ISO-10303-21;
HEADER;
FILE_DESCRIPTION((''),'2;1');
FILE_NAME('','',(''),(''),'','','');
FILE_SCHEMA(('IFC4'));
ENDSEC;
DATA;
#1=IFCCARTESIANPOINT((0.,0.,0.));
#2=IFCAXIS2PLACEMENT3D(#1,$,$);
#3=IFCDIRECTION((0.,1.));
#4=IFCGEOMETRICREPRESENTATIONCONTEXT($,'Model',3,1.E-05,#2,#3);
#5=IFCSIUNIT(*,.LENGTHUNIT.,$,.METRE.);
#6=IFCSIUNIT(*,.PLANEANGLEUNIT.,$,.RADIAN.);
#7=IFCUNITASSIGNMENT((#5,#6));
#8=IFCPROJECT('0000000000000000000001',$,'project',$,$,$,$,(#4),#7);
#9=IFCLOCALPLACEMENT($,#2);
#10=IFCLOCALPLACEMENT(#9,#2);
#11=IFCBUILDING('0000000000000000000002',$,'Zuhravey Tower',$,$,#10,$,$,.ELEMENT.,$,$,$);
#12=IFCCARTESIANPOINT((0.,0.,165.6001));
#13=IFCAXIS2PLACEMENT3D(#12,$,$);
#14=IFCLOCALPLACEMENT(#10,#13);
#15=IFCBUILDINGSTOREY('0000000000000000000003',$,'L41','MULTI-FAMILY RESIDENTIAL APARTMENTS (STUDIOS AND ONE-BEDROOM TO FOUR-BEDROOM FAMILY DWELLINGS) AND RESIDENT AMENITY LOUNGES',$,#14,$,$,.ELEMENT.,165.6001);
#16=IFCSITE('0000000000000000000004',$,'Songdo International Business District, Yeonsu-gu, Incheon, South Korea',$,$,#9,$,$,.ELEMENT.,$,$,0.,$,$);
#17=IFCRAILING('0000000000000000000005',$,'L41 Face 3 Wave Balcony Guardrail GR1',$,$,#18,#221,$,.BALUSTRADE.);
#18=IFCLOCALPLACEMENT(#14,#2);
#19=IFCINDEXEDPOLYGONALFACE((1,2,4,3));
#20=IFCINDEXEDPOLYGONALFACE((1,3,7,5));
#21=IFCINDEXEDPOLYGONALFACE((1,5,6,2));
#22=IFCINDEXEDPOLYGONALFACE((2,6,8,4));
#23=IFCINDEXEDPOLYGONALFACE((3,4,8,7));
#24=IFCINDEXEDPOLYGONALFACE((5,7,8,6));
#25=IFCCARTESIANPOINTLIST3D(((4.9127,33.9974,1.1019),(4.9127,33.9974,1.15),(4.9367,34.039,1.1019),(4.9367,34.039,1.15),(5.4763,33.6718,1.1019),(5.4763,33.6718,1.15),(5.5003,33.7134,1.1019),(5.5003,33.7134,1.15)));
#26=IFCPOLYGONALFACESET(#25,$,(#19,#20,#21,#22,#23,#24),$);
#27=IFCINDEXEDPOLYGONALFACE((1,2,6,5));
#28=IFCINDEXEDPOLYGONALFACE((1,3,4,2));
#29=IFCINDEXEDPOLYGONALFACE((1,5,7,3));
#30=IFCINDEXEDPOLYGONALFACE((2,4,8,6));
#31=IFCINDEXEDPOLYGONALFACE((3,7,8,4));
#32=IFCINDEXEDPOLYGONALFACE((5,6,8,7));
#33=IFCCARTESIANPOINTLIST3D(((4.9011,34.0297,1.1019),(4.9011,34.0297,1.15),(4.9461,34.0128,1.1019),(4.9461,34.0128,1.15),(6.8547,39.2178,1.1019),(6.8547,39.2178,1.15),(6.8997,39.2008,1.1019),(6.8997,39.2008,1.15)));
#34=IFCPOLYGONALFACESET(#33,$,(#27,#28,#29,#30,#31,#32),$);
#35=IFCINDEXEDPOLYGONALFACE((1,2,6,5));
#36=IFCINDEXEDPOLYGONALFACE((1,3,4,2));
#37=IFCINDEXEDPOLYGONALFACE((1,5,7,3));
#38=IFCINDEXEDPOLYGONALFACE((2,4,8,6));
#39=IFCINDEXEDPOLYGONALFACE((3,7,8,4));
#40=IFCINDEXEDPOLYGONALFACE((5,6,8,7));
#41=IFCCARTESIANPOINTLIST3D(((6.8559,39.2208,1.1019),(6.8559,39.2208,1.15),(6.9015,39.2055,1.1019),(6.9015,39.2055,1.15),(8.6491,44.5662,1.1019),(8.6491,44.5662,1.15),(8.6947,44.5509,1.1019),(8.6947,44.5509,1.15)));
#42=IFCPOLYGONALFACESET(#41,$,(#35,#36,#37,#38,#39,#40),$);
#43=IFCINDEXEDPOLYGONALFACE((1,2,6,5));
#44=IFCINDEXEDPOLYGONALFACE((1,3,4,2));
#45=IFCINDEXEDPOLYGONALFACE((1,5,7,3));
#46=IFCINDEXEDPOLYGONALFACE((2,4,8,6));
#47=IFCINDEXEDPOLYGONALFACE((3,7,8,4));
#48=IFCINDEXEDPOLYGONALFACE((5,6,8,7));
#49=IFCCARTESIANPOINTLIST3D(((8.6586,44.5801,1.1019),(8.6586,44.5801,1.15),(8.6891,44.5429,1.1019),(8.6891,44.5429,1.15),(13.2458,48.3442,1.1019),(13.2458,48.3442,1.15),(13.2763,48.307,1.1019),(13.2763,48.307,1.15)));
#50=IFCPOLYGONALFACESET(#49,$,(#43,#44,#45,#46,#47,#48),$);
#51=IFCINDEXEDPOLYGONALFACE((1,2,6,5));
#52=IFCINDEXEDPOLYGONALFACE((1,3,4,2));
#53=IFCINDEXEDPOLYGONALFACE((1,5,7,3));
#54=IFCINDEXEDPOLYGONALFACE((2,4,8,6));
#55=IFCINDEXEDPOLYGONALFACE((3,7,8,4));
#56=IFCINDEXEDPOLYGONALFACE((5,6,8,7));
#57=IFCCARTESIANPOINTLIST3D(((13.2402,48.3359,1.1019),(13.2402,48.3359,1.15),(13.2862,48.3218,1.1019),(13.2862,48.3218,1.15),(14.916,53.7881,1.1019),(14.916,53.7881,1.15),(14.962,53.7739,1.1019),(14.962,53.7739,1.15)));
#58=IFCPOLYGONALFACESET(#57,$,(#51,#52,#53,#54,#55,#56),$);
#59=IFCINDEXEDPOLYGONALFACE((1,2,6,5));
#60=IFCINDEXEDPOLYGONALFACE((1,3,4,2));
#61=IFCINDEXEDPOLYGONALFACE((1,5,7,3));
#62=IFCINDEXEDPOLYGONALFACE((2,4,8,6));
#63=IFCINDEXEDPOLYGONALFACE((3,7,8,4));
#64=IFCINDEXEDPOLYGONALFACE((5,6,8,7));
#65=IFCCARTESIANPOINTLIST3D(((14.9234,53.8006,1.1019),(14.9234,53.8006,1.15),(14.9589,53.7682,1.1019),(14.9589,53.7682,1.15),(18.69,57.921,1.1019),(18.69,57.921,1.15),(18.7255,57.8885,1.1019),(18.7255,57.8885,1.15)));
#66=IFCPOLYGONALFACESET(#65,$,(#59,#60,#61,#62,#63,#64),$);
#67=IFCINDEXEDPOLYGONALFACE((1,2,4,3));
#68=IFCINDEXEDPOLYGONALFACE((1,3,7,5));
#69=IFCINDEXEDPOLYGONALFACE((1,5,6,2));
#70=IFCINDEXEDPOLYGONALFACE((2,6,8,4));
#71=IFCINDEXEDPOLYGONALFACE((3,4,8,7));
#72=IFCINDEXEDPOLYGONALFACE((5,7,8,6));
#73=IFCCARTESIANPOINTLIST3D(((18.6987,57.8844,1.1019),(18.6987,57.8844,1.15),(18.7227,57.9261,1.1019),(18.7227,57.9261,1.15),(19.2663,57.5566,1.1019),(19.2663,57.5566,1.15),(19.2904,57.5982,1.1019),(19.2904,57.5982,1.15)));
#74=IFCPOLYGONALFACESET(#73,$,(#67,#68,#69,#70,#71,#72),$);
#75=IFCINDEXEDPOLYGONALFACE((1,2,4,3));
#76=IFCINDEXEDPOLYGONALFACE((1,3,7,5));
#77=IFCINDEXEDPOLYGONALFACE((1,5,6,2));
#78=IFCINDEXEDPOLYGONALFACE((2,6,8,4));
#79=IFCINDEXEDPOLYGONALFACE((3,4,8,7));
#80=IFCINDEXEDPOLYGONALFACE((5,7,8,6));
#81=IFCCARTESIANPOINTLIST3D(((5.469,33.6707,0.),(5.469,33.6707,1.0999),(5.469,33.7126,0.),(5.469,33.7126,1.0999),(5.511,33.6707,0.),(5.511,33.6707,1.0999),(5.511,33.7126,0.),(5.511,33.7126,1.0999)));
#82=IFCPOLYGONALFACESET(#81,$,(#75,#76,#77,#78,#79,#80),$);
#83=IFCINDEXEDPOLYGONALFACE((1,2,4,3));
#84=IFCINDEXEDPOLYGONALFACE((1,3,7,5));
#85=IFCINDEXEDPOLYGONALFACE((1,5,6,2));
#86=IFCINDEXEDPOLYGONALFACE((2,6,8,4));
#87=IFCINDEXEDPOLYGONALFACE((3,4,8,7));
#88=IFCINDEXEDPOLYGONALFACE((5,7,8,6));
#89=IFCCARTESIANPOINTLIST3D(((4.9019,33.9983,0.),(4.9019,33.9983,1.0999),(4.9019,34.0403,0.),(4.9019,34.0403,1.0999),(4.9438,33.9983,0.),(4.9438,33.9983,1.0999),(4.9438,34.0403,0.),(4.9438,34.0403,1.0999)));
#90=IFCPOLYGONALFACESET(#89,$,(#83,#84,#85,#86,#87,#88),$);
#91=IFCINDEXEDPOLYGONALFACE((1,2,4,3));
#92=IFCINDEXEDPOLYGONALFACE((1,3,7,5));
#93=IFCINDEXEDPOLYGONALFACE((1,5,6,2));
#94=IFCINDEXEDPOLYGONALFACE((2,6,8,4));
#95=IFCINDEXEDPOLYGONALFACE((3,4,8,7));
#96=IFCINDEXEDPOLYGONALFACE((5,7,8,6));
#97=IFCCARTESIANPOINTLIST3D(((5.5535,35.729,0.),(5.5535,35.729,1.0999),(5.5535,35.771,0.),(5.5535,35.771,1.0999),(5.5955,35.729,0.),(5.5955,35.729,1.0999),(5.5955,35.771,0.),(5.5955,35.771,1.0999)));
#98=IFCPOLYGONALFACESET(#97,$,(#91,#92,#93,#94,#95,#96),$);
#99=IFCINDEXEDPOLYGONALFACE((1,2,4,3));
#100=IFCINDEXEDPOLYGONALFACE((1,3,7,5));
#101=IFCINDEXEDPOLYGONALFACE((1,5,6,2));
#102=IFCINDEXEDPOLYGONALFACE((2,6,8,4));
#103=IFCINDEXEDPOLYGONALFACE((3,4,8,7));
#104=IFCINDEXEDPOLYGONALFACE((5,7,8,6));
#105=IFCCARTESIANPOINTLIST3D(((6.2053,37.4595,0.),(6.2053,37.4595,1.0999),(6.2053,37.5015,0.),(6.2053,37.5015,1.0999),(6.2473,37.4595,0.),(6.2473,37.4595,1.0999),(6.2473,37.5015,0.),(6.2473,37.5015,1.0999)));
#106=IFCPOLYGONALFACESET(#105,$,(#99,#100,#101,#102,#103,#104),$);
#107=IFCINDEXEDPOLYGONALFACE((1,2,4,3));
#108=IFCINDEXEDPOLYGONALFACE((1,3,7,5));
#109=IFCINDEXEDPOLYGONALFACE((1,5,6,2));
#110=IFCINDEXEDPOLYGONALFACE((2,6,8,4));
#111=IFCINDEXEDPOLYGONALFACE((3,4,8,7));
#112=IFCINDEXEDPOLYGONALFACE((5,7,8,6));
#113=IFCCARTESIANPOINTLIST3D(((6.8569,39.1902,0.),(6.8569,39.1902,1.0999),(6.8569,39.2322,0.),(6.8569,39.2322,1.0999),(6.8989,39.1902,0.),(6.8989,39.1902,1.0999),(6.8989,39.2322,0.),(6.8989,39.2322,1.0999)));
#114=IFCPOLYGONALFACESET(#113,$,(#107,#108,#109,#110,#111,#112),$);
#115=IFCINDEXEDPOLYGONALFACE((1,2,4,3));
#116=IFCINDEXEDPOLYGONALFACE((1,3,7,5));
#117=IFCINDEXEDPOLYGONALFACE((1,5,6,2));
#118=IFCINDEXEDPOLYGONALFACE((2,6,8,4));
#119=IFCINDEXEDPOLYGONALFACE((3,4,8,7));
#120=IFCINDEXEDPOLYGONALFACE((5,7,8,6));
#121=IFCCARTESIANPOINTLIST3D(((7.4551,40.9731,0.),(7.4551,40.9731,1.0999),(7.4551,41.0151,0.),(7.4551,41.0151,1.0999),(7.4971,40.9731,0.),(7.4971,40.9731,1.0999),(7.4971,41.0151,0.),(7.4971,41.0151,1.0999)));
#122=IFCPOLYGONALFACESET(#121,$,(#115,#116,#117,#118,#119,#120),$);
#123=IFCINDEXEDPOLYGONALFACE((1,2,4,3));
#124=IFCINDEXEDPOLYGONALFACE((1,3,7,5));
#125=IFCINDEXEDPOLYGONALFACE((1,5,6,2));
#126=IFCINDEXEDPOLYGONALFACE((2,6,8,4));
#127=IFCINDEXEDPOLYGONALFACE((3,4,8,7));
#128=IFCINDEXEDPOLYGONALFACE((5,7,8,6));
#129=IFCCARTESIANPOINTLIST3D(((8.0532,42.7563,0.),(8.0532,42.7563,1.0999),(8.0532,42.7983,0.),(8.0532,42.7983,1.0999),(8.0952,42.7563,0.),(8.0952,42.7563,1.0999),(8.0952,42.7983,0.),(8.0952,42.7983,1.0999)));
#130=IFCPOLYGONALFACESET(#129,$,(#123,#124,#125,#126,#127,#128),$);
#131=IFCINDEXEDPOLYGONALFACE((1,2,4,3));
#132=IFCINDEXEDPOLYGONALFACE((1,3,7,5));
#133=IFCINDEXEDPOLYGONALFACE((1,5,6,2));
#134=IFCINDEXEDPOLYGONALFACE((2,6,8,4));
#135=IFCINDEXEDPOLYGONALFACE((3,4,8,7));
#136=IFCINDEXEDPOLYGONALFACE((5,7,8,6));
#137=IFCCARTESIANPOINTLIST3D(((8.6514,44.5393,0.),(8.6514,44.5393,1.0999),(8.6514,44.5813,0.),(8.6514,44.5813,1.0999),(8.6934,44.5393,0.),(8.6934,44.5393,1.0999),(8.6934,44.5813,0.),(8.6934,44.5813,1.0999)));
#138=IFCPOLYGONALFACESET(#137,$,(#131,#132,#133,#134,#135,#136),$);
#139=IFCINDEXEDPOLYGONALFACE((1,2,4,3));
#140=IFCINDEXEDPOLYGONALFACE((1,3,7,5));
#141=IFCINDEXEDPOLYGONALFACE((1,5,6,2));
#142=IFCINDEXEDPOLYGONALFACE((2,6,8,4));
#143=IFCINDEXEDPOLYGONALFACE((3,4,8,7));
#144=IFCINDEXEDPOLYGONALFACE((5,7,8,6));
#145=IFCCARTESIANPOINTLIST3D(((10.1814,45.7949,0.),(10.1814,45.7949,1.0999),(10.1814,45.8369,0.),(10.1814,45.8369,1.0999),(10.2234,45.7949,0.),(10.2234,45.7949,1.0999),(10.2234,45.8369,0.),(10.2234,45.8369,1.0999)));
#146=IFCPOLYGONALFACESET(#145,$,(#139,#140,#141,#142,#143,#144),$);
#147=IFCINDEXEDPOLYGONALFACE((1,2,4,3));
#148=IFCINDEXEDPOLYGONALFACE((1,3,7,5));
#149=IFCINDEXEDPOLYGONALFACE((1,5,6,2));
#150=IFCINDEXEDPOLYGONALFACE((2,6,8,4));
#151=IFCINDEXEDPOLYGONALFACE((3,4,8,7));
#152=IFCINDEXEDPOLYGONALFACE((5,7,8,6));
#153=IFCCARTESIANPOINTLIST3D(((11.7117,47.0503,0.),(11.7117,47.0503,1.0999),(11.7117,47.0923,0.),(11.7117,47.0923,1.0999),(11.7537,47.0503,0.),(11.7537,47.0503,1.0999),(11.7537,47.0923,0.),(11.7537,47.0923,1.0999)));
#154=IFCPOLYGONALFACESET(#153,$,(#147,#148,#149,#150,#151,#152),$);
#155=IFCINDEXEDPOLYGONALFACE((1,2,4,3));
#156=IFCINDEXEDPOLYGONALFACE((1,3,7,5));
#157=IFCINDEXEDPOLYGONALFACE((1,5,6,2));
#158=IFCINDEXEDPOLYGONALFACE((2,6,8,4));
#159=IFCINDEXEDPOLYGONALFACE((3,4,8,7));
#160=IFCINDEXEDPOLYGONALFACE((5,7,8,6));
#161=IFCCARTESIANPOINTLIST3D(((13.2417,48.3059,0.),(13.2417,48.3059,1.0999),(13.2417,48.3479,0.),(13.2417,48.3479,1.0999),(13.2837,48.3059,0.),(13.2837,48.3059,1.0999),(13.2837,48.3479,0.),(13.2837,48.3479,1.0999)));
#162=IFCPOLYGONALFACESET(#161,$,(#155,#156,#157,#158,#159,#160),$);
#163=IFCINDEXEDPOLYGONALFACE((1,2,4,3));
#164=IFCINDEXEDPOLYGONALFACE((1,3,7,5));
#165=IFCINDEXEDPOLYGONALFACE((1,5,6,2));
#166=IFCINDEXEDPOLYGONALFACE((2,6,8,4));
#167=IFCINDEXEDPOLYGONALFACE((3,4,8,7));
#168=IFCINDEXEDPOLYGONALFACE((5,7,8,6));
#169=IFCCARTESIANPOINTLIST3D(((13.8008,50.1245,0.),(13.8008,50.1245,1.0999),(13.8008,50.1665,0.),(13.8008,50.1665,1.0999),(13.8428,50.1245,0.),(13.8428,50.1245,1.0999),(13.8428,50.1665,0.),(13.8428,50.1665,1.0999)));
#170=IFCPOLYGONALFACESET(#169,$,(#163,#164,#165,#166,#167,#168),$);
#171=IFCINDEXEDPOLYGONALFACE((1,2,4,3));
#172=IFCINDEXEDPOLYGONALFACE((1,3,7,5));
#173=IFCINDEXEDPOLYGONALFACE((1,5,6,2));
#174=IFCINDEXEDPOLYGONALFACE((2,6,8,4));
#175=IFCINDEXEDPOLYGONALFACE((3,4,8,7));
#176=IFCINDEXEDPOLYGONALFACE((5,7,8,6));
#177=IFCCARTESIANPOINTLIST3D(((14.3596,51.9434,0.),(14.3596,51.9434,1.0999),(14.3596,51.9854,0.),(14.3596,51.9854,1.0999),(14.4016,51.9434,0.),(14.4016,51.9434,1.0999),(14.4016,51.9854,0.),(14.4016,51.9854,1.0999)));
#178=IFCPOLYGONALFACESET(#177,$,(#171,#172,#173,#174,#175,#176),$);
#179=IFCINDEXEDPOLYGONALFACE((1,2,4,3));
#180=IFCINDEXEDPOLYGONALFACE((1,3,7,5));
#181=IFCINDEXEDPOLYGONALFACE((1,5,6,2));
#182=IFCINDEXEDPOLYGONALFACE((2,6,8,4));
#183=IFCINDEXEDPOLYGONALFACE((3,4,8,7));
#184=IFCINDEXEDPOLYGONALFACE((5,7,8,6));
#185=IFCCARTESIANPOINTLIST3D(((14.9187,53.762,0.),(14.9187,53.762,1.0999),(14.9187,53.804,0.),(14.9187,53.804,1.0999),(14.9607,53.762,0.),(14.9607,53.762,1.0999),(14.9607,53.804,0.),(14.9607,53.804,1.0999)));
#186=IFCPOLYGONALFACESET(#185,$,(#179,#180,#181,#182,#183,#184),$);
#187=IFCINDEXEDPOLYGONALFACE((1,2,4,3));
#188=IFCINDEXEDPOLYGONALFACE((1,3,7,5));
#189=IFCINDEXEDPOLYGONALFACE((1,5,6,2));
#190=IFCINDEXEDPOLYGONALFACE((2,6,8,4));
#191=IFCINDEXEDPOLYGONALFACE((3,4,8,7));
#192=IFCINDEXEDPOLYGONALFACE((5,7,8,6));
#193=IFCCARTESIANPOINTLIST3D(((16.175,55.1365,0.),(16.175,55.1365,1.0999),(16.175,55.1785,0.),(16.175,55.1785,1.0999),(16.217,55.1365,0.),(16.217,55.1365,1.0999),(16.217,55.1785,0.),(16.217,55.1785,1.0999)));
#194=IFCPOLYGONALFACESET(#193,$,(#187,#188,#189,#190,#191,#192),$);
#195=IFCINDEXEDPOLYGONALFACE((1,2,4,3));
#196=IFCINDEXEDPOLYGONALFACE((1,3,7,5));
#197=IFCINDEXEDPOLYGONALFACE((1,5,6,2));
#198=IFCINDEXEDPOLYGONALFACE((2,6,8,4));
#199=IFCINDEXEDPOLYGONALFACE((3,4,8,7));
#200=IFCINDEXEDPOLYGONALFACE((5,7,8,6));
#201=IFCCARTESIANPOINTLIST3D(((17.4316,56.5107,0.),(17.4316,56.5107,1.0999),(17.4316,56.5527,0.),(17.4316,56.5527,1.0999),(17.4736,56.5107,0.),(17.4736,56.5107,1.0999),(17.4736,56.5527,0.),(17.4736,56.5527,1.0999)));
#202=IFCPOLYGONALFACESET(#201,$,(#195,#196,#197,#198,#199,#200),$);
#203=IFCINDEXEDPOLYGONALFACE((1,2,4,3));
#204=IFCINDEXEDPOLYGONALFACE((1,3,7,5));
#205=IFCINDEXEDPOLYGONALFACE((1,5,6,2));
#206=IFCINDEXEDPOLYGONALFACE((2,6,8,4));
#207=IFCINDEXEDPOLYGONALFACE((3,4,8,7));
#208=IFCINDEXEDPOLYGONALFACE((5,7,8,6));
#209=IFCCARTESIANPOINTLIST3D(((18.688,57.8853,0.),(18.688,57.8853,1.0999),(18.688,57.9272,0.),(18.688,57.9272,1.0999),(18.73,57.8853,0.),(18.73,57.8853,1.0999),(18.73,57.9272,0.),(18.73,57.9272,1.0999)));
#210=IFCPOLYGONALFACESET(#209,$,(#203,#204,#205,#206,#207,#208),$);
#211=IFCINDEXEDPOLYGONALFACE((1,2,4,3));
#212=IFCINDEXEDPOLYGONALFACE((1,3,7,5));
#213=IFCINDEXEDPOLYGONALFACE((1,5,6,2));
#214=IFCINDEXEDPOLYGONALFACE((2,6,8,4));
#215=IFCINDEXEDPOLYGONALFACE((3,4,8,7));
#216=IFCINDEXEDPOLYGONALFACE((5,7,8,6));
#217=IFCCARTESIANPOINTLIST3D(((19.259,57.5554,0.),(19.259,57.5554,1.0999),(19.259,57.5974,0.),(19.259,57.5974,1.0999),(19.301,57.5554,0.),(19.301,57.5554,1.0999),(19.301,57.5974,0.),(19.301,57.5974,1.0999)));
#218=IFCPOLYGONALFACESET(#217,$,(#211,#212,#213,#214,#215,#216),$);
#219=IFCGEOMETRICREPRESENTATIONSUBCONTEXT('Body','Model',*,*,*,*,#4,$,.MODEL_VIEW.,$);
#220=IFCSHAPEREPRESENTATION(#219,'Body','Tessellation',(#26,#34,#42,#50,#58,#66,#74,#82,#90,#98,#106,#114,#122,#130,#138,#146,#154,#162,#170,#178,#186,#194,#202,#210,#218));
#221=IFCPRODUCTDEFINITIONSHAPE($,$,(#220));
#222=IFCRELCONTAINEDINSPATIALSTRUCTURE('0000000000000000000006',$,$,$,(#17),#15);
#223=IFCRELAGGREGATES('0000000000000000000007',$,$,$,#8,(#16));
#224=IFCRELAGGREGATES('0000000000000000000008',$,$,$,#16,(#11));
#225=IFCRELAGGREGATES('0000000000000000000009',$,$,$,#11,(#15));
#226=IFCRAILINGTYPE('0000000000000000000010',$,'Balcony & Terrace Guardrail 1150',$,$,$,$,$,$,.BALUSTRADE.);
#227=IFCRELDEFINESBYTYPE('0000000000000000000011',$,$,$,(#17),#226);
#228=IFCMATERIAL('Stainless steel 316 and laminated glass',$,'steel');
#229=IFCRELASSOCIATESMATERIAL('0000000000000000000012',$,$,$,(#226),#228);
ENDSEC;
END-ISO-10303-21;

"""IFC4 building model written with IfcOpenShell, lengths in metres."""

from ifc_helpers import new_model, si_unit, direction, frame, origin, origin_2d, place, context, subcontext, project, spatial, rectangle, extrude, material, type_object, element, save


model = new_model("IFC4")

# Units and contexts
model_context = context("Model", 3, precision=1e-05, world=origin(), true_north=direction((0.0, 1.0)))
body_context = subcontext(model_context, "Body", "Model", "MODEL_VIEW")
ifc_project = project(units=[si_unit("LENGTHUNIT", "METRE"), si_unit("PLANEANGLEUNIT", "RADIAN")], contexts=[model_context])

# Site, building, storey
site_placement = place(None, origin())
site = spatial("IfcSite", under=ifc_project, at=site_placement, Name="Songdo International Business District, Yeonsu-gu, Incheon, South Korea", CompositionType="ELEMENT", RefElevation=0.0)
building_placement = place(site_placement, origin())
building = spatial("IfcBuilding", under=site, at=building_placement, Name="Zuhravey Tower", CompositionType="ELEMENT")
storey_placement = place(building_placement, frame((0.0, 0.0, 165.6001)))
storey = spatial("IfcBuildingStorey", under=building, at=storey_placement, Name="L41", Description="MULTI-FAMILY RESIDENTIAL APARTMENTS (STUDIOS AND ONE-BEDROOM TO FOUR-BEDROOM FAMILY DWELLINGS) AND RESIDENT AMENITY LOUNGES", CompositionType="ELEMENT", Elevation=165.6001)

# Railing
ifc_material_1 = material(Name="Stainless steel 316 and laminated glass", Category="steel")
railing_type = type_object("IfcRailingType", Name="Balcony & Terrace Guardrail 1150", PredefinedType="BALUSTRADE", material=ifc_material_1)
railing_placement = place(storey_placement, frame((5.49, 33.6917, 0.0)))
element("IfcRailing", 1, at=railing_placement, inside=storey, type_object=railing_type, Name="L41 Face 3 Wave Balcony Guardrail GR1", PredefinedType="BALUSTRADE", context=body_context, shape_type="SweptSolid", body=[
    extrude(rectangle(XDim=0.0481, YDim=0.0481, at=origin_2d()), frame((-0.0017, 0.001, 1.126), z_axis=(-0.865894, 0.500228, 0.0), x_axis=(-0.500228, -0.865894, 0.0)), (0.0, 0.0, 1.0), 0.6509),
    extrude(rectangle(XDim=0.0481, YDim=0.0481, at=origin_2d()), frame((-0.5664, 0.3296, 1.126), z_axis=(0.352406, 0.935847, 0.0), x_axis=(-0.935847, 0.352406, 0.0)), (0.0, 0.0, 1.0), 5.5437),
    extrude(rectangle(XDim=0.0481, YDim=0.0481, at=origin_2d()), frame((1.3887, 5.5215, 1.126), z_axis=(0.318045, 0.948076, 0.0), x_axis=(-0.948076, 0.318045, 0.0)), (0.0, 0.0, 1.0), 5.6382),
    extrude(rectangle(XDim=0.0481, YDim=0.0481, at=origin_2d()), frame((3.1838, 10.8699, 1.126), z_axis=(0.773059, 0.634334, 0.0), x_axis=(-0.634334, 0.773059, 0.0)), (0.0, 0.0, 1.0), 5.9338),
    extrude(rectangle(XDim=0.0481, YDim=0.0481, at=origin_2d()), frame((7.7732, 14.6372, 1.126), z_axis=(0.2938, 0.955867, 0.0), x_axis=(-0.955867, 0.2938, 0.0)), (0.0, 0.0, 1.0), 5.7039),
    extrude(rectangle(XDim=0.0481, YDim=0.0481, at=origin_2d()), frame((9.4512, 20.0928, 1.126), z_axis=(0.674713, 0.73808, 0.0), x_axis=(-0.73808, 0.674713, 0.0)), (0.0, 0.0, 1.0), 5.5825),
    extrude(rectangle(XDim=0.0481, YDim=0.0481, at=origin_2d()), frame((13.2207, 24.2136, 1.126), z_axis=(0.865933, -0.50016, 0.0), x_axis=(0.50016, 0.865933, 0.0)), (0.0, 0.0, 1.0), 0.6555),
    extrude(rectangle(XDim=0.042, YDim=0.042, at=origin_2d()), origin(), (0.0, 0.0, 1.0), 1.0999),
    extrude(rectangle(XDim=0.042, YDim=0.042, at=origin_2d()), frame((-0.5671, 0.3276, 0.0)), (0.0, 0.0, 1.0), 1.0999),
    extrude(rectangle(XDim=0.042, YDim=0.042, at=origin_2d()), frame((0.0845, 2.0583, 0.0)), (0.0, 0.0, 1.0), 1.0999),
    extrude(rectangle(XDim=0.042, YDim=0.042, at=origin_2d()), frame((0.7363, 3.7888, 0.0)), (0.0, 0.0, 1.0), 1.0999),
    extrude(rectangle(XDim=0.042, YDim=0.042, at=origin_2d()), frame((1.3879, 5.5195, 0.0)), (0.0, 0.0, 1.0), 1.0999),
    extrude(rectangle(XDim=0.042, YDim=0.042, at=origin_2d()), frame((1.9861, 7.3025, 0.0)), (0.0, 0.0, 1.0), 1.0999),
    extrude(rectangle(XDim=0.042, YDim=0.042, at=origin_2d()), frame((2.5842, 9.0857, 0.0)), (0.0, 0.0, 1.0), 1.0999),
    extrude(rectangle(XDim=0.042, YDim=0.042, at=origin_2d()), frame((3.1824, 10.8687, 0.0)), (0.0, 0.0, 1.0), 1.0999),
    extrude(rectangle(XDim=0.042, YDim=0.042, at=origin_2d()), frame((4.7124, 12.1243, 0.0)), (0.0, 0.0, 1.0), 1.0999),
    extrude(rectangle(XDim=0.042, YDim=0.042, at=origin_2d()), frame((6.2427, 13.3796, 0.0)), (0.0, 0.0, 1.0), 1.0999),
    extrude(rectangle(XDim=0.042, YDim=0.042, at=origin_2d()), frame((7.7727, 14.6353, 0.0)), (0.0, 0.0, 1.0), 1.0999),
    extrude(rectangle(XDim=0.042, YDim=0.042, at=origin_2d()), frame((8.3318, 16.4539, 0.0)), (0.0, 0.0, 1.0), 1.0999),
    extrude(rectangle(XDim=0.042, YDim=0.042, at=origin_2d()), frame((8.8906, 18.2727, 0.0)), (0.0, 0.0, 1.0), 1.0999),
    extrude(rectangle(XDim=0.042, YDim=0.042, at=origin_2d()), frame((9.4497, 20.0913, 0.0)), (0.0, 0.0, 1.0), 1.0999),
    extrude(rectangle(XDim=0.042, YDim=0.042, at=origin_2d()), frame((10.7061, 21.4658, 0.0)), (0.0, 0.0, 1.0), 1.0999),
    extrude(rectangle(XDim=0.042, YDim=0.042, at=origin_2d()), frame((11.9626, 22.8401, 0.0)), (0.0, 0.0, 1.0), 1.0999),
    extrude(rectangle(XDim=0.042, YDim=0.042, at=origin_2d()), frame((13.219, 24.2146, 0.0)), (0.0, 0.0, 1.0), 1.0999),
    extrude(rectangle(XDim=0.042, YDim=0.042, at=origin_2d()), frame((13.79, 23.8848, 0.0)), (0.0, 0.0, 1.0), 1.0999),
])

save(model, "model.ifc")
